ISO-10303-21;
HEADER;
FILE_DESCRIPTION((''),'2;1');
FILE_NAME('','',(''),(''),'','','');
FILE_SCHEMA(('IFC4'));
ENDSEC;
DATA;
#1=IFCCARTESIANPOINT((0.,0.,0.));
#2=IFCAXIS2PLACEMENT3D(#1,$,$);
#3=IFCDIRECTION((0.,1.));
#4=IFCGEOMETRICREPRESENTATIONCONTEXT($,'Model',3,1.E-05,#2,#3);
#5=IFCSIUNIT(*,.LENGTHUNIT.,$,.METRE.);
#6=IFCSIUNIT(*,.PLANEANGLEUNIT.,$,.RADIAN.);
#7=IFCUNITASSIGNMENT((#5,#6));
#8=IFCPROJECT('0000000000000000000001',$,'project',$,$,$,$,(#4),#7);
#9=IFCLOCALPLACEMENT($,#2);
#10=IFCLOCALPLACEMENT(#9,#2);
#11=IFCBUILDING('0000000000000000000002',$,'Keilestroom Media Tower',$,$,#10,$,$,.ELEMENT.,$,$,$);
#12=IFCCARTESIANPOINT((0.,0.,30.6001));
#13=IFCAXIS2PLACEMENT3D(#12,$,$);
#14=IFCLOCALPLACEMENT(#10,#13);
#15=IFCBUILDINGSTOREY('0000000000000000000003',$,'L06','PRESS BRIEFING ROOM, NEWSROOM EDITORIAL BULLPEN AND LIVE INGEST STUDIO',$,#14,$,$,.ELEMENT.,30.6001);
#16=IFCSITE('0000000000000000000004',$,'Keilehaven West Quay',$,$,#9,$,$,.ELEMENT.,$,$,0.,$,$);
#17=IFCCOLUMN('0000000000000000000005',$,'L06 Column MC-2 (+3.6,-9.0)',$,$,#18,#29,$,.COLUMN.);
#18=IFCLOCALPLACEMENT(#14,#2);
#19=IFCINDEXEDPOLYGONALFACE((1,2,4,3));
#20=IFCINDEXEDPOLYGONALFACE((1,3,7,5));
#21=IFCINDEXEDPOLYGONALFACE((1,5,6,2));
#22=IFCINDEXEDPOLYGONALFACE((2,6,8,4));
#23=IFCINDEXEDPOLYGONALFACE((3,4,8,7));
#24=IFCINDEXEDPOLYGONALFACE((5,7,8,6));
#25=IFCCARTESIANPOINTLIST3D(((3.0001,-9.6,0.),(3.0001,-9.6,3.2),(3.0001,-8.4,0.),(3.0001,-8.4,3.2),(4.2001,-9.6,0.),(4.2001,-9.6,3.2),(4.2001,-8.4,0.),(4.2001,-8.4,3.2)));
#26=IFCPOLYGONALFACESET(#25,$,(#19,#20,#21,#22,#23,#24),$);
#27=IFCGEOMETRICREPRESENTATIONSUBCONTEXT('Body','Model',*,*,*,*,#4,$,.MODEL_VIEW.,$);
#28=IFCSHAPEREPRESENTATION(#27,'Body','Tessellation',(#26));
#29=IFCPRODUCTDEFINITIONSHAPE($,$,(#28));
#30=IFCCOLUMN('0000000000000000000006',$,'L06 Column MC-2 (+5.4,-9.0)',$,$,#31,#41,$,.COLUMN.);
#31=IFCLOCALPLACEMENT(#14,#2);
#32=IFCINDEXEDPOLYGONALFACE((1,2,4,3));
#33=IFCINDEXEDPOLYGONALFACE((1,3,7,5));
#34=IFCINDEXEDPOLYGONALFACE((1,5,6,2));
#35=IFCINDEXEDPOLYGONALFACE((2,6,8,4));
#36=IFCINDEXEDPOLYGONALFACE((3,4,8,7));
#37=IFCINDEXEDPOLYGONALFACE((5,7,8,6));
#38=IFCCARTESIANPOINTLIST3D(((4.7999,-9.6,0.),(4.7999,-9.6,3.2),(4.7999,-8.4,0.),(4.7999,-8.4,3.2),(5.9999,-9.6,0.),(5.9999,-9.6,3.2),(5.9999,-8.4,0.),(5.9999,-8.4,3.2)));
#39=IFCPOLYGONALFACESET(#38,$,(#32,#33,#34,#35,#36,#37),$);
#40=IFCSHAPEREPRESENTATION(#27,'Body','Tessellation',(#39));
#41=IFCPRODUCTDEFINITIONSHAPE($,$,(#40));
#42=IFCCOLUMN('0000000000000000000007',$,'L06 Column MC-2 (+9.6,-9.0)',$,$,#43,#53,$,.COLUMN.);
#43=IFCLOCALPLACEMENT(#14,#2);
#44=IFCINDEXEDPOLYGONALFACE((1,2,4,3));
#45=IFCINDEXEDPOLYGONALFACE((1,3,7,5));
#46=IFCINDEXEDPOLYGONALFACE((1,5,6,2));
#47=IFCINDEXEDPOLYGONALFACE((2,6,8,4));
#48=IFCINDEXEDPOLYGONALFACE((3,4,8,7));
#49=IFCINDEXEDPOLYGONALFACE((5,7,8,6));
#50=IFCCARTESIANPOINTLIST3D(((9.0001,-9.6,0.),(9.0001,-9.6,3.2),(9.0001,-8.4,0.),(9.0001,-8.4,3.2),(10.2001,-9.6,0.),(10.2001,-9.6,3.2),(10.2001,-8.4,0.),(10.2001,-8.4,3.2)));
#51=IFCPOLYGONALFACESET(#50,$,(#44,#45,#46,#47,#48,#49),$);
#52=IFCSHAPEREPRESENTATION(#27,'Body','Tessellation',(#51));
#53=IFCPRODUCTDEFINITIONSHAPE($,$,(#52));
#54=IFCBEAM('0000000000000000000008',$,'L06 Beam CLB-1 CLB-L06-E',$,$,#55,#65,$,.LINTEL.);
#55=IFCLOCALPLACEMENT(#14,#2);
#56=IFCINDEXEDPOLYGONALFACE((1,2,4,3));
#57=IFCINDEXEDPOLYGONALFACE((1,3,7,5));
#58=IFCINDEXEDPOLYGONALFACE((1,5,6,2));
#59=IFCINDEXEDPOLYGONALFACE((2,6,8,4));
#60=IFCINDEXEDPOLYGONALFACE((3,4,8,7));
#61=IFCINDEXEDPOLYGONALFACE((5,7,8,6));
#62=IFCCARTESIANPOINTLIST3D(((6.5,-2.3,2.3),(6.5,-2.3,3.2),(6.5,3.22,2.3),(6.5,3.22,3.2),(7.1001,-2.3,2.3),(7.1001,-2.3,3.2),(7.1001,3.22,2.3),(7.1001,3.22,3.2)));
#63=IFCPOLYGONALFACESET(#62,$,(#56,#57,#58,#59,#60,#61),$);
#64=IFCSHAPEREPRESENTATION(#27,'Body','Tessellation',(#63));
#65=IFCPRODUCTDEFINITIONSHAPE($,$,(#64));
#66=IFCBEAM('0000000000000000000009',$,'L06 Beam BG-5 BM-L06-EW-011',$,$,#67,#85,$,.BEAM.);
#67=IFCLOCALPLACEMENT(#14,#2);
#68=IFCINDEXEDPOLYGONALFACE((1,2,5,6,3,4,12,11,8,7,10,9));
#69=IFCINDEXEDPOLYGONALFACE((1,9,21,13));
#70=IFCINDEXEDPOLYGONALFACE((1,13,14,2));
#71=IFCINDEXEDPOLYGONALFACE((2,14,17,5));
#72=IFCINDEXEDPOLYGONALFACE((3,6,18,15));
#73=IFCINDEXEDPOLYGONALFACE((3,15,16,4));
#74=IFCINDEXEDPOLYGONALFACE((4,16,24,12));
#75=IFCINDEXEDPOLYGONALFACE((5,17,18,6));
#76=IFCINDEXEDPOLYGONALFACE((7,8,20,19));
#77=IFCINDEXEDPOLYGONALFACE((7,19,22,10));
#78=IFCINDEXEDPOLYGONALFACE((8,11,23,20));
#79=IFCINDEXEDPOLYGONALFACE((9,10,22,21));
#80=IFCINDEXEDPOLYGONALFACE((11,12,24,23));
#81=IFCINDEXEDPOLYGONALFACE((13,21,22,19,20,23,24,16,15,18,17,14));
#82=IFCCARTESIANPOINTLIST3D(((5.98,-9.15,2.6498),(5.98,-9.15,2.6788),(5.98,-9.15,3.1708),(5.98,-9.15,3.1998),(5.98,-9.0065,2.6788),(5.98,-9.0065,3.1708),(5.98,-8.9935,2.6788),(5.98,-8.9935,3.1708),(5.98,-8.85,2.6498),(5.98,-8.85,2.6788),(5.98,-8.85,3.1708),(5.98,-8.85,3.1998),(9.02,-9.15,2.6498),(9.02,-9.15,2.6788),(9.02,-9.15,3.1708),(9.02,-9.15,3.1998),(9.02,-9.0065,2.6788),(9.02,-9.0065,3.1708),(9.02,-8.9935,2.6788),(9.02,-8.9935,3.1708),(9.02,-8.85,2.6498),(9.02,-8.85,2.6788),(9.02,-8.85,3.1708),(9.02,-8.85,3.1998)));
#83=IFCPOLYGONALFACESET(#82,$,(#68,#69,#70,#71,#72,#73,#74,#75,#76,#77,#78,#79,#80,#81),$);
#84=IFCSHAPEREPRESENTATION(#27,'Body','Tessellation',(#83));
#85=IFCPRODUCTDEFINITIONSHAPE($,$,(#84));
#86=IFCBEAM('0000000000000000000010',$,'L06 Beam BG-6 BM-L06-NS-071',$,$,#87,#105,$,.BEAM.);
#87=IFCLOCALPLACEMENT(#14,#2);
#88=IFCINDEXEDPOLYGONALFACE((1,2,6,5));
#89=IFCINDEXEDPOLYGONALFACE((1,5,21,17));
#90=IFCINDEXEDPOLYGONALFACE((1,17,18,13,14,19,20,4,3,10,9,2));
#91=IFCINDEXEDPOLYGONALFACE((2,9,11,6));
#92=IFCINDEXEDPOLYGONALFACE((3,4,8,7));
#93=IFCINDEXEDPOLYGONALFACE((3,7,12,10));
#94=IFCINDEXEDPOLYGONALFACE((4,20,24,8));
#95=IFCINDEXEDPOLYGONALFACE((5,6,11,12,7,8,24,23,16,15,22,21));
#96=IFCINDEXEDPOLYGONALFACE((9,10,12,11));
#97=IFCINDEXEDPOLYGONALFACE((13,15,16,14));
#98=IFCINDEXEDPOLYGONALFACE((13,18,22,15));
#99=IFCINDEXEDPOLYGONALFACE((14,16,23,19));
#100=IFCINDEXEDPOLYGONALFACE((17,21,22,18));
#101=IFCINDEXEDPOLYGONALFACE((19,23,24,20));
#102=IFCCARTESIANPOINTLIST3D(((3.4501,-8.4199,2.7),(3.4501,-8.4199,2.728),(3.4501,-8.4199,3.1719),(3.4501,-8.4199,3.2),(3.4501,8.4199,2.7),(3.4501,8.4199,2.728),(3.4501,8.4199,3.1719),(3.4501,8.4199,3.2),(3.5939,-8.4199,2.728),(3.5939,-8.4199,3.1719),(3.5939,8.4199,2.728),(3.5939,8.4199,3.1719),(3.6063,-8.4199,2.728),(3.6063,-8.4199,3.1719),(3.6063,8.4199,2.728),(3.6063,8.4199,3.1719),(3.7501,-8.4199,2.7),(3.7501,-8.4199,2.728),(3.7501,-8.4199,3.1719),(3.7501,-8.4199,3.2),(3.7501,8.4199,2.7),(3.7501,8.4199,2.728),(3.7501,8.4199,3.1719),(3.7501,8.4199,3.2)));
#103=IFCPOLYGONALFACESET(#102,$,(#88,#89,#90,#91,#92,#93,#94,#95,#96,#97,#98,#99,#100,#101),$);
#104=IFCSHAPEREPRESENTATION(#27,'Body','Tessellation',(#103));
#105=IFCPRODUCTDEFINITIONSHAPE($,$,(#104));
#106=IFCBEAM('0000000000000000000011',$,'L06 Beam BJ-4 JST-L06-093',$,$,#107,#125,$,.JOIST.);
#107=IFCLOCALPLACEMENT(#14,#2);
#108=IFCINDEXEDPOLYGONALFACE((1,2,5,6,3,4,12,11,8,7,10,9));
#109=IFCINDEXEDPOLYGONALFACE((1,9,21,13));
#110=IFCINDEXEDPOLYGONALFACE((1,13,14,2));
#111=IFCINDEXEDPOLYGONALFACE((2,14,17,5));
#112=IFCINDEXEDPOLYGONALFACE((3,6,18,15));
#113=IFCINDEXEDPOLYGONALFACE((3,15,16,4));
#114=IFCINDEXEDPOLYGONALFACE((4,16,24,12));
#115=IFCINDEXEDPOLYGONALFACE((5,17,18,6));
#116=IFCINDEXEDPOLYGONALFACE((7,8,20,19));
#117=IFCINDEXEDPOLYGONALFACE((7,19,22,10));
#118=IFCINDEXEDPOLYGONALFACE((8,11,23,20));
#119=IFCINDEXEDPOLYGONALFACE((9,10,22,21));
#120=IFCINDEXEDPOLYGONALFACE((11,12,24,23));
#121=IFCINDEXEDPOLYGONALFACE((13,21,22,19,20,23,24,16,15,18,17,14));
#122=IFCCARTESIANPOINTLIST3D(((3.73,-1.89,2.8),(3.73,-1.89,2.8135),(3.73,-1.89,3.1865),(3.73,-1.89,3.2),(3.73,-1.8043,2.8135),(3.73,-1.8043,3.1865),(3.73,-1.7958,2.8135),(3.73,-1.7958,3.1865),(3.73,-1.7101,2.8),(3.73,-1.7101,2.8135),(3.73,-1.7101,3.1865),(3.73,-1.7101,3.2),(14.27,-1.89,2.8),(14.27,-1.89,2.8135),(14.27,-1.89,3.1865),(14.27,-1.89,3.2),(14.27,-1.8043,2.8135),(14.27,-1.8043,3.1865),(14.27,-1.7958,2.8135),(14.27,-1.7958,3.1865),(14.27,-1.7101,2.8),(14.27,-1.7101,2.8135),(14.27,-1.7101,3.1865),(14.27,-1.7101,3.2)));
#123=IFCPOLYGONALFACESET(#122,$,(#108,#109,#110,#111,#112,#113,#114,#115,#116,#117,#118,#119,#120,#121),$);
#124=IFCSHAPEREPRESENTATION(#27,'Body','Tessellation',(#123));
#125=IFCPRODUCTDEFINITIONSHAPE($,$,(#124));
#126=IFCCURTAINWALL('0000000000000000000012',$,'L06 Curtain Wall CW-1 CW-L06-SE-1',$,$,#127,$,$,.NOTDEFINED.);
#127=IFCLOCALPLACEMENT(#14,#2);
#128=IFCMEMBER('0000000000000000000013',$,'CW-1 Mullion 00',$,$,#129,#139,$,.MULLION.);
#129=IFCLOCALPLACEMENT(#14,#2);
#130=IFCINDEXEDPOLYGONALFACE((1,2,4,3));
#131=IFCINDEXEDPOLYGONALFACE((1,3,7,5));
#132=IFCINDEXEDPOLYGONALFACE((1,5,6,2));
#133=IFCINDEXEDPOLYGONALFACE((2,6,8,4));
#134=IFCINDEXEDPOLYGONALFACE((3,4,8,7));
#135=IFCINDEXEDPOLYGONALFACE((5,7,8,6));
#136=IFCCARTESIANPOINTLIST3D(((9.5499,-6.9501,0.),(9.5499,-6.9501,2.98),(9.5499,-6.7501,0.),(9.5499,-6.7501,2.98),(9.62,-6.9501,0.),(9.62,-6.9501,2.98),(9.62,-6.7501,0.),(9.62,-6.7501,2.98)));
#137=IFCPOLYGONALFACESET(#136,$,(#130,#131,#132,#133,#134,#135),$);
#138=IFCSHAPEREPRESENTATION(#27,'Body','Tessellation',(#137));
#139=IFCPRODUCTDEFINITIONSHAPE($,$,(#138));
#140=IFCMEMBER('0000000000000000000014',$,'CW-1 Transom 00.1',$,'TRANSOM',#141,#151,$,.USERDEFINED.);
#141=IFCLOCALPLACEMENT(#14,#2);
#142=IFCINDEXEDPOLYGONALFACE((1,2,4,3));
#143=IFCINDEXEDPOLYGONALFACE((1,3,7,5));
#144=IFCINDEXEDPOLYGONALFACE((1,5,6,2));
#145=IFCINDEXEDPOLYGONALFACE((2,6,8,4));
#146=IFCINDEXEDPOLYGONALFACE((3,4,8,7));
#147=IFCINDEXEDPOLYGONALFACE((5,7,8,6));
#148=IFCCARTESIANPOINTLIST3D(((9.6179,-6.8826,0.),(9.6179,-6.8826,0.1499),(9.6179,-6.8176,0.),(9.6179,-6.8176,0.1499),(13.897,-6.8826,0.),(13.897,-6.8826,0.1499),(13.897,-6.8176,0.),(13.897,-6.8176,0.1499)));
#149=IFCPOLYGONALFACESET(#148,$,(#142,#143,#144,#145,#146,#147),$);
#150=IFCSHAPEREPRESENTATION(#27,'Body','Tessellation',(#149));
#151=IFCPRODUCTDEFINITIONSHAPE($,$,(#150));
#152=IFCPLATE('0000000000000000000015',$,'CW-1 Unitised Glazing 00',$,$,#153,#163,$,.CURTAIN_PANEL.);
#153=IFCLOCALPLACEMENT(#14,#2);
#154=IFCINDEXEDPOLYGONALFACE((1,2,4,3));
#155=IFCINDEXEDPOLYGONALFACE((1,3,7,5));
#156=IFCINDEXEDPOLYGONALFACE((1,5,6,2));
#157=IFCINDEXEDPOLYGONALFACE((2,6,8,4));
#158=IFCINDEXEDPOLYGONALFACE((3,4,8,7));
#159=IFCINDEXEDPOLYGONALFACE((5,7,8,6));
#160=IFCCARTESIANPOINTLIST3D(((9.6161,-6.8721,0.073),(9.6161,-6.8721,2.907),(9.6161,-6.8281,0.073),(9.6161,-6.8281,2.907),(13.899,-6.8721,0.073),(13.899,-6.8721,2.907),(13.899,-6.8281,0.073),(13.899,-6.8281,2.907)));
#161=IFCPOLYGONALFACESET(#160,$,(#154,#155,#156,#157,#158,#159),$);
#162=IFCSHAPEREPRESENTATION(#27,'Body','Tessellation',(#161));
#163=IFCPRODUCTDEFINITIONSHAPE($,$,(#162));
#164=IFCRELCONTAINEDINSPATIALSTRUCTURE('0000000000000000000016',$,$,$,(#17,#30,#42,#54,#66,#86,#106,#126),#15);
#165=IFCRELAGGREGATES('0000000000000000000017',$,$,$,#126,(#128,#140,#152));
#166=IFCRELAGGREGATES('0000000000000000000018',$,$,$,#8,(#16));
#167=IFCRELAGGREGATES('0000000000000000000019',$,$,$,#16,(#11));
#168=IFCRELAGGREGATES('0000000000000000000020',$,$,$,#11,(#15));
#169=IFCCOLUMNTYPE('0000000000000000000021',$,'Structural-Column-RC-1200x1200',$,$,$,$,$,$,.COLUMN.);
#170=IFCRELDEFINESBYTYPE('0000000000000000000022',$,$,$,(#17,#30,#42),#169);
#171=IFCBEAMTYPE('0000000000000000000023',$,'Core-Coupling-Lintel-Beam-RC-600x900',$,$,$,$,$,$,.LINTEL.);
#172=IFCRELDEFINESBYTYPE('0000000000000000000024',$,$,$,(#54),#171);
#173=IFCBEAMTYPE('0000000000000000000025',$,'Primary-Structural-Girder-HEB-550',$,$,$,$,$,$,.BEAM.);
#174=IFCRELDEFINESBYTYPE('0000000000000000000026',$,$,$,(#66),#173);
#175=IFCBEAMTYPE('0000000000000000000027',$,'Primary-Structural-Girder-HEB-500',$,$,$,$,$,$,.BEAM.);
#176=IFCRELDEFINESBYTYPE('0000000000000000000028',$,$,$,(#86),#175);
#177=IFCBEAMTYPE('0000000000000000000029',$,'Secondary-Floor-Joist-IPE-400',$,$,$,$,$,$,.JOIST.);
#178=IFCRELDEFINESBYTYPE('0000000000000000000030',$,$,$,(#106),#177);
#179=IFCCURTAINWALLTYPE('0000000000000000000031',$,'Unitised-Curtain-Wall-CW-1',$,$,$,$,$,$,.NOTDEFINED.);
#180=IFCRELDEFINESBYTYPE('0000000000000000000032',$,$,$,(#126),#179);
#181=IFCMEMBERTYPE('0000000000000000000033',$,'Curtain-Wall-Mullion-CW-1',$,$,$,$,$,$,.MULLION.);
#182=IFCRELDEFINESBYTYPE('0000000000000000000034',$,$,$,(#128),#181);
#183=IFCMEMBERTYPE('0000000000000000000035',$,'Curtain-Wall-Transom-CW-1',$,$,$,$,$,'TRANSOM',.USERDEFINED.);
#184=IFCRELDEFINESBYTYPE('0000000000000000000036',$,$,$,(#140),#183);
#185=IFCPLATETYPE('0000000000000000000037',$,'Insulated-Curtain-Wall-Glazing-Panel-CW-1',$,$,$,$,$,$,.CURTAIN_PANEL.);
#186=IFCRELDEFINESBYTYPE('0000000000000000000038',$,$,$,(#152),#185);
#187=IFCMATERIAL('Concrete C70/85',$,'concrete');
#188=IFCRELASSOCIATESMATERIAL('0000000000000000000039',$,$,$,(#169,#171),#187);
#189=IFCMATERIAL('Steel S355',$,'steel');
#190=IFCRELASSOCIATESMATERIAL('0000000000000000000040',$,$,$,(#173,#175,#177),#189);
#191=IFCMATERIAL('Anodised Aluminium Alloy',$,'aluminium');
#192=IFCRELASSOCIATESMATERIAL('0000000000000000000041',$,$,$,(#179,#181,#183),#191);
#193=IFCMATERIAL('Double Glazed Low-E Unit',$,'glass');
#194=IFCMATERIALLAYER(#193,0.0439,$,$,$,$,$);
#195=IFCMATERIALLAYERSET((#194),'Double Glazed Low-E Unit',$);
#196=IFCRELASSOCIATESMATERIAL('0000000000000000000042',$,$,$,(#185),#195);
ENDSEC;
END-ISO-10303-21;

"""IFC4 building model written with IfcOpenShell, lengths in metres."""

from ifc_helpers import new_model, si_unit, direction, frame, origin, origin_2d, place, context, subcontext, project, spatial, rectangle, i_section, extrude, source, transform, mapped, material, layer, layer_set, material_profile, profile_set, type_object, element, aggregate, save


model = new_model("IFC4")

# Units and contexts
model_context = context("Model", 3, precision=1e-05, world=origin(), true_north=direction((0.0, 1.0)))
body_context = subcontext(model_context, "Body", "Model", "MODEL_VIEW")
ifc_project = project(units=[si_unit("LENGTHUNIT", "METRE"), si_unit("PLANEANGLEUNIT", "RADIAN")], contexts=[model_context])

# Site, building, storey
site_placement = place(None, origin())
site = spatial("IfcSite", under=ifc_project, at=site_placement, Name="Keilehaven West Quay", CompositionType="ELEMENT", RefElevation=0.0)
building_placement = place(site_placement, origin())
building = spatial("IfcBuilding", under=site, at=building_placement, Name="Keilestroom Media Tower", CompositionType="ELEMENT")
storey_placement = place(building_placement, frame((0.0, 0.0, 30.6001)))
storey = spatial("IfcBuildingStorey", under=building, at=storey_placement, Name="L06", Description="PRESS BRIEFING ROOM, NEWSROOM EDITORIAL BULLPEN AND LIVE INGEST STUDIO", CompositionType="ELEMENT", Elevation=30.6001)

# Columns
ifc_material_1 = material(Name="Concrete C70/85", Category="concrete")
ifc_material_profile_1 = material_profile(ifc_material_1, rectangle(XDim=1.2, YDim=1.2, at=origin_2d()), Name="RC 1200x1200")
ifc_profile_set_1 = profile_set([ifc_material_profile_1], Name="Concrete C70/85")
column_type = type_object("IfcColumnType", Name="Structural-Column-RC-1200x1200", PredefinedType="COLUMN", material=ifc_profile_set_1)
shared_shape_1 = source(origin(), body_context, "Body", "SweptSolid", [
    extrude(rectangle(XDim=1.2, YDim=1.2, at=origin_2d()), origin(), (0.0, 0.0, 1.0), 3.2),
])
for number, where, z_axis, x_axis, name in (
    (1, (3.6001, -9.0, 0.0), (0.0, 0.0, 1.0), (1.0, 0.0, 0.0), "L06 Column MC-2 (+3.6,-9.0)"),
    (2, (5.3999, -9.0, 0.0), (0.0, 0.0, 1.0), (1.0, 0.0, 0.0), "L06 Column MC-2 (+5.4,-9.0)"),
    (3, (9.6001, -9.0, 0.0), (0.0, 0.0, 1.0), (1.0, 0.0, 0.0), "L06 Column MC-2 (+9.6,-9.0)"),
):
    element("IfcColumn", number, at=place(storey_placement, frame(where, z_axis=z_axis, x_axis=x_axis)), inside=storey, type_object=column_type, Name=name, PredefinedType="COLUMN", context=body_context, shape_type="MappedRepresentation", body=[
        mapped(shared_shape_1, transform((0.0, 0.0, 0.0), x_axis=(1.0, 0.0, 0.0), y_axis=(0.0, 1.0, 0.0), z_axis=(0.0, 0.0, 1.0), scale=1.0)),
    ])

# Beams
ifc_material_profile_2 = material_profile(ifc_material_1, rectangle(XDim=0.6001, YDim=0.8999, at=origin_2d()), Name="RC 600x900")
ifc_profile_set_2 = profile_set([ifc_material_profile_2], Name="Concrete C70/85")
beam_type_1 = type_object("IfcBeamType", Name="Core-Coupling-Lintel-Beam-RC-600x900", PredefinedType="LINTEL", material=ifc_profile_set_2)
shared_shape_2 = source(origin(), body_context, "Body", "SweptSolid", [
    extrude(rectangle(XDim=0.6001, YDim=0.8999, at=origin_2d()), origin(), (0.0, 0.0, 1.0), 5.52),
])
beam_1_placement = place(storey_placement, frame((6.8, -2.3, 2.75), z_axis=(0.0, 1.0, 0.0), x_axis=(-1.0, 0.0, 0.0)))
element("IfcBeam", 4, at=beam_1_placement, inside=storey, type_object=beam_type_1, Name="L06 Beam CLB-1 CLB-L06-E", PredefinedType="LINTEL", context=body_context, shape_type="MappedRepresentation", body=[
    mapped(shared_shape_2, transform((0.0, 0.0, 0.0), x_axis=(1.0, 0.0, 0.0), y_axis=(0.0, 1.0, 0.0), z_axis=(0.0, 0.0, 1.0), scale=1.0)),
])
ifc_material_2 = material(Name="Steel S355", Category="steel")
ifc_material_profile_3 = material_profile(ifc_material_2, i_section(OverallWidth=0.3, OverallDepth=0.55, WebThickness=0.0129, FlangeThickness=0.0291, at=origin_2d()), Name="HEB 550")
ifc_profile_set_3 = profile_set([ifc_material_profile_3], Name="Steel S355")
beam_type_2 = type_object("IfcBeamType", Name="Primary-Structural-Girder-HEB-550", PredefinedType="BEAM", material=ifc_profile_set_3)
shared_shape_3 = source(origin(), body_context, "Body", "SweptSolid", [
    extrude(i_section(OverallWidth=0.3, OverallDepth=0.55, WebThickness=0.0129, FlangeThickness=0.0291, at=origin_2d()), origin(), (0.0, 0.0, 1.0), 3.04),
])
beam_2_placement = place(storey_placement, frame((5.98, -9.0, 2.9248), z_axis=(1.0, 0.0, 0.0), x_axis=(0.0, 1.0, 0.0)))
element("IfcBeam", 5, at=beam_2_placement, inside=storey, type_object=beam_type_2, Name="L06 Beam BG-5 BM-L06-EW-011", PredefinedType="BEAM", context=body_context, shape_type="MappedRepresentation", body=[
    mapped(shared_shape_3, transform((0.0, 0.0, 0.0), x_axis=(1.0, 0.0, 0.0), y_axis=(0.0, 1.0, 0.0), z_axis=(0.0, 0.0, 1.0), scale=1.0)),
])
ifc_material_profile_4 = material_profile(ifc_material_2, i_section(OverallWidth=0.3, OverallDepth=0.5, WebThickness=0.0125, FlangeThickness=0.0281, at=origin_2d()), Name="HEB 500")
ifc_profile_set_4 = profile_set([ifc_material_profile_4], Name="Steel S355")
beam_type_3 = type_object("IfcBeamType", Name="Primary-Structural-Girder-HEB-500", PredefinedType="BEAM", material=ifc_profile_set_4)
shared_shape_4 = source(origin(), body_context, "Body", "SweptSolid", [
    extrude(i_section(OverallWidth=0.3, OverallDepth=0.5, WebThickness=0.0125, FlangeThickness=0.0281, at=origin_2d()), origin(), (0.0, 0.0, 1.0), 16.8398),
])
beam_3_placement = place(storey_placement, frame((3.6001, -8.4199, 2.95), z_axis=(0.0, 1.0, 0.0), x_axis=(-1.0, 0.0, 0.0)))
element("IfcBeam", 6, at=beam_3_placement, inside=storey, type_object=beam_type_3, Name="L06 Beam BG-6 BM-L06-NS-071", PredefinedType="BEAM", context=body_context, shape_type="MappedRepresentation", body=[
    mapped(shared_shape_4, transform((0.0, 0.0, 0.0), x_axis=(1.0, 0.0, 0.0), y_axis=(0.0, 1.0, 0.0), z_axis=(0.0, 0.0, 1.0), scale=1.0)),
])
ifc_material_profile_5 = material_profile(ifc_material_2, i_section(OverallWidth=0.1799, OverallDepth=0.3999, WebThickness=0.0085, FlangeThickness=0.0134, at=origin_2d()), Name="IPE 400")
ifc_profile_set_5 = profile_set([ifc_material_profile_5], Name="Steel S355")
beam_type_4 = type_object("IfcBeamType", Name="Secondary-Floor-Joist-IPE-400", PredefinedType="JOIST", material=ifc_profile_set_5)
shared_shape_5 = source(origin(), body_context, "Body", "SweptSolid", [
    extrude(i_section(OverallWidth=0.1799, OverallDepth=0.3999, WebThickness=0.0085, FlangeThickness=0.0134, at=origin_2d()), origin(), (0.0, 0.0, 1.0), 10.54),
])
beam_4_placement = place(storey_placement, frame((3.73, -1.8, 3.0), z_axis=(1.0, 0.0, 0.0), x_axis=(0.0, 1.0, 0.0)))
element("IfcBeam", 7, at=beam_4_placement, inside=storey, type_object=beam_type_4, Name="L06 Beam BJ-4 JST-L06-093", PredefinedType="JOIST", context=body_context, shape_type="MappedRepresentation", body=[
    mapped(shared_shape_5, transform((0.0, 0.0, 0.0), x_axis=(1.0, 0.0, 0.0), y_axis=(0.0, 1.0, 0.0), z_axis=(0.0, 0.0, 1.0), scale=1.0)),
])

# Curtain wall, members, plate
ifc_material_3 = material(Name="Anodised Aluminium Alloy", Category="aluminium")
curtain_wall_type = type_object("IfcCurtainWallType", Name="Unitised-Curtain-Wall-CW-1", PredefinedType="NOTDEFINED", material=ifc_material_3)
curtain_wall_placement = place(storey_placement, origin())
curtain_wall = element("IfcCurtainWall", 8, at=curtain_wall_placement, inside=storey, type_object=curtain_wall_type, Name="L06 Curtain Wall CW-1 CW-L06-SE-1", PredefinedType="NOTDEFINED")
ifc_material_profile_6 = material_profile(ifc_material_3, rectangle(XDim=0.0701, YDim=0.2, at=origin_2d()), Name="ALU MULLION 70x200")
ifc_profile_set_6 = profile_set([ifc_material_profile_6], Name="Anodised Aluminium Alloy")
member_type_1 = type_object("IfcMemberType", Name="Curtain-Wall-Mullion-CW-1", PredefinedType="MULLION", material=ifc_profile_set_6)
shared_shape_6 = source(origin(), body_context, "Body", "SweptSolid", [
    extrude(rectangle(XDim=0.0701, YDim=0.2, at=origin_2d()), origin(), (0.0, 0.0, 1.0), 2.98),
])
member_1_placement = place(storey_placement, frame((9.585, -6.8501, 0.0), z_axis=(0.0, 0.0, 1.0), x_axis=(1.0, 0.0, 0.0)))
member_1 = element("IfcMember", 9, at=member_1_placement, type_object=member_type_1, Name="CW-1 Mullion 00", PredefinedType="MULLION", context=body_context, shape_type="MappedRepresentation", body=[
    mapped(shared_shape_6, transform((0.0, 0.0, 0.0), x_axis=(1.0, 0.0, 0.0), y_axis=(0.0, 1.0, 0.0), z_axis=(0.0, 0.0, 1.0), scale=1.0)),
])
ifc_material_profile_7 = material_profile(ifc_material_3, rectangle(XDim=0.0649, YDim=0.1499, at=origin_2d()), Name="ALU TRANSOM 65x150")
ifc_profile_set_7 = profile_set([ifc_material_profile_7], Name="Anodised Aluminium Alloy")
member_type_2 = type_object("IfcMemberType", Name="Curtain-Wall-Transom-CW-1", ElementType="TRANSOM", PredefinedType="USERDEFINED", material=ifc_profile_set_7)
shared_shape_7 = source(origin(), body_context, "Body", "SweptSolid", [
    extrude(rectangle(XDim=0.0649, YDim=0.1499, at=origin_2d()), origin(), (0.0, 0.0, 1.0), 4.2791),
])
member_2_placement = place(storey_placement, frame((9.6179, -6.8501, 0.075), z_axis=(1.0, 0.0, 0.0), x_axis=(0.0, 1.0, 0.0)))
member_2 = element("IfcMember", 10, at=member_2_placement, type_object=member_type_2, Name="CW-1 Transom 00.1", ObjectType="TRANSOM", PredefinedType="USERDEFINED", context=body_context, shape_type="MappedRepresentation", body=[
    mapped(shared_shape_7, transform((0.0, 0.0, 0.0), x_axis=(1.0, 0.0, 0.0), y_axis=(0.0, 1.0, 0.0), z_axis=(0.0, 0.0, 1.0), scale=1.0)),
])
ifc_material_4 = material(Name="Double Glazed Low-E Unit", Category="glass")
ifc_layer_1 = layer(ifc_material_4, 0.0439)
ifc_layer_set_1 = layer_set([ifc_layer_1], Name="Double Glazed Low-E Unit")
plate_type = type_object("IfcPlateType", Name="Insulated-Curtain-Wall-Glazing-Panel-CW-1", PredefinedType="CURTAIN_PANEL", material=ifc_layer_set_1)
shared_shape_8 = source(origin(), body_context, "Body", "SweptSolid", [
    extrude(rectangle(XDim=4.283, YDim=0.0439, at=origin_2d()), origin(), (0.0, 0.0, 1.0), 2.834),
])
plate_placement = place(storey_placement, frame((11.7576, -6.8501, 0.073), z_axis=(0.0, 0.0, 1.0), x_axis=(1.0, 0.0, 0.0)))
plate = element("IfcPlate", 11, at=plate_placement, type_object=plate_type, Name="CW-1 Unitised Glazing 00", PredefinedType="CURTAIN_PANEL", context=body_context, shape_type="MappedRepresentation", body=[
    mapped(shared_shape_8, transform((0.0, 0.0, 0.0), x_axis=(1.0, 0.0, 0.0), y_axis=(0.0, 1.0, 0.0), z_axis=(0.0, 0.0, 1.0), scale=1.0)),
])
aggregate(curtain_wall, [member_1, member_2, plate])

save(model, "model.ifc")
